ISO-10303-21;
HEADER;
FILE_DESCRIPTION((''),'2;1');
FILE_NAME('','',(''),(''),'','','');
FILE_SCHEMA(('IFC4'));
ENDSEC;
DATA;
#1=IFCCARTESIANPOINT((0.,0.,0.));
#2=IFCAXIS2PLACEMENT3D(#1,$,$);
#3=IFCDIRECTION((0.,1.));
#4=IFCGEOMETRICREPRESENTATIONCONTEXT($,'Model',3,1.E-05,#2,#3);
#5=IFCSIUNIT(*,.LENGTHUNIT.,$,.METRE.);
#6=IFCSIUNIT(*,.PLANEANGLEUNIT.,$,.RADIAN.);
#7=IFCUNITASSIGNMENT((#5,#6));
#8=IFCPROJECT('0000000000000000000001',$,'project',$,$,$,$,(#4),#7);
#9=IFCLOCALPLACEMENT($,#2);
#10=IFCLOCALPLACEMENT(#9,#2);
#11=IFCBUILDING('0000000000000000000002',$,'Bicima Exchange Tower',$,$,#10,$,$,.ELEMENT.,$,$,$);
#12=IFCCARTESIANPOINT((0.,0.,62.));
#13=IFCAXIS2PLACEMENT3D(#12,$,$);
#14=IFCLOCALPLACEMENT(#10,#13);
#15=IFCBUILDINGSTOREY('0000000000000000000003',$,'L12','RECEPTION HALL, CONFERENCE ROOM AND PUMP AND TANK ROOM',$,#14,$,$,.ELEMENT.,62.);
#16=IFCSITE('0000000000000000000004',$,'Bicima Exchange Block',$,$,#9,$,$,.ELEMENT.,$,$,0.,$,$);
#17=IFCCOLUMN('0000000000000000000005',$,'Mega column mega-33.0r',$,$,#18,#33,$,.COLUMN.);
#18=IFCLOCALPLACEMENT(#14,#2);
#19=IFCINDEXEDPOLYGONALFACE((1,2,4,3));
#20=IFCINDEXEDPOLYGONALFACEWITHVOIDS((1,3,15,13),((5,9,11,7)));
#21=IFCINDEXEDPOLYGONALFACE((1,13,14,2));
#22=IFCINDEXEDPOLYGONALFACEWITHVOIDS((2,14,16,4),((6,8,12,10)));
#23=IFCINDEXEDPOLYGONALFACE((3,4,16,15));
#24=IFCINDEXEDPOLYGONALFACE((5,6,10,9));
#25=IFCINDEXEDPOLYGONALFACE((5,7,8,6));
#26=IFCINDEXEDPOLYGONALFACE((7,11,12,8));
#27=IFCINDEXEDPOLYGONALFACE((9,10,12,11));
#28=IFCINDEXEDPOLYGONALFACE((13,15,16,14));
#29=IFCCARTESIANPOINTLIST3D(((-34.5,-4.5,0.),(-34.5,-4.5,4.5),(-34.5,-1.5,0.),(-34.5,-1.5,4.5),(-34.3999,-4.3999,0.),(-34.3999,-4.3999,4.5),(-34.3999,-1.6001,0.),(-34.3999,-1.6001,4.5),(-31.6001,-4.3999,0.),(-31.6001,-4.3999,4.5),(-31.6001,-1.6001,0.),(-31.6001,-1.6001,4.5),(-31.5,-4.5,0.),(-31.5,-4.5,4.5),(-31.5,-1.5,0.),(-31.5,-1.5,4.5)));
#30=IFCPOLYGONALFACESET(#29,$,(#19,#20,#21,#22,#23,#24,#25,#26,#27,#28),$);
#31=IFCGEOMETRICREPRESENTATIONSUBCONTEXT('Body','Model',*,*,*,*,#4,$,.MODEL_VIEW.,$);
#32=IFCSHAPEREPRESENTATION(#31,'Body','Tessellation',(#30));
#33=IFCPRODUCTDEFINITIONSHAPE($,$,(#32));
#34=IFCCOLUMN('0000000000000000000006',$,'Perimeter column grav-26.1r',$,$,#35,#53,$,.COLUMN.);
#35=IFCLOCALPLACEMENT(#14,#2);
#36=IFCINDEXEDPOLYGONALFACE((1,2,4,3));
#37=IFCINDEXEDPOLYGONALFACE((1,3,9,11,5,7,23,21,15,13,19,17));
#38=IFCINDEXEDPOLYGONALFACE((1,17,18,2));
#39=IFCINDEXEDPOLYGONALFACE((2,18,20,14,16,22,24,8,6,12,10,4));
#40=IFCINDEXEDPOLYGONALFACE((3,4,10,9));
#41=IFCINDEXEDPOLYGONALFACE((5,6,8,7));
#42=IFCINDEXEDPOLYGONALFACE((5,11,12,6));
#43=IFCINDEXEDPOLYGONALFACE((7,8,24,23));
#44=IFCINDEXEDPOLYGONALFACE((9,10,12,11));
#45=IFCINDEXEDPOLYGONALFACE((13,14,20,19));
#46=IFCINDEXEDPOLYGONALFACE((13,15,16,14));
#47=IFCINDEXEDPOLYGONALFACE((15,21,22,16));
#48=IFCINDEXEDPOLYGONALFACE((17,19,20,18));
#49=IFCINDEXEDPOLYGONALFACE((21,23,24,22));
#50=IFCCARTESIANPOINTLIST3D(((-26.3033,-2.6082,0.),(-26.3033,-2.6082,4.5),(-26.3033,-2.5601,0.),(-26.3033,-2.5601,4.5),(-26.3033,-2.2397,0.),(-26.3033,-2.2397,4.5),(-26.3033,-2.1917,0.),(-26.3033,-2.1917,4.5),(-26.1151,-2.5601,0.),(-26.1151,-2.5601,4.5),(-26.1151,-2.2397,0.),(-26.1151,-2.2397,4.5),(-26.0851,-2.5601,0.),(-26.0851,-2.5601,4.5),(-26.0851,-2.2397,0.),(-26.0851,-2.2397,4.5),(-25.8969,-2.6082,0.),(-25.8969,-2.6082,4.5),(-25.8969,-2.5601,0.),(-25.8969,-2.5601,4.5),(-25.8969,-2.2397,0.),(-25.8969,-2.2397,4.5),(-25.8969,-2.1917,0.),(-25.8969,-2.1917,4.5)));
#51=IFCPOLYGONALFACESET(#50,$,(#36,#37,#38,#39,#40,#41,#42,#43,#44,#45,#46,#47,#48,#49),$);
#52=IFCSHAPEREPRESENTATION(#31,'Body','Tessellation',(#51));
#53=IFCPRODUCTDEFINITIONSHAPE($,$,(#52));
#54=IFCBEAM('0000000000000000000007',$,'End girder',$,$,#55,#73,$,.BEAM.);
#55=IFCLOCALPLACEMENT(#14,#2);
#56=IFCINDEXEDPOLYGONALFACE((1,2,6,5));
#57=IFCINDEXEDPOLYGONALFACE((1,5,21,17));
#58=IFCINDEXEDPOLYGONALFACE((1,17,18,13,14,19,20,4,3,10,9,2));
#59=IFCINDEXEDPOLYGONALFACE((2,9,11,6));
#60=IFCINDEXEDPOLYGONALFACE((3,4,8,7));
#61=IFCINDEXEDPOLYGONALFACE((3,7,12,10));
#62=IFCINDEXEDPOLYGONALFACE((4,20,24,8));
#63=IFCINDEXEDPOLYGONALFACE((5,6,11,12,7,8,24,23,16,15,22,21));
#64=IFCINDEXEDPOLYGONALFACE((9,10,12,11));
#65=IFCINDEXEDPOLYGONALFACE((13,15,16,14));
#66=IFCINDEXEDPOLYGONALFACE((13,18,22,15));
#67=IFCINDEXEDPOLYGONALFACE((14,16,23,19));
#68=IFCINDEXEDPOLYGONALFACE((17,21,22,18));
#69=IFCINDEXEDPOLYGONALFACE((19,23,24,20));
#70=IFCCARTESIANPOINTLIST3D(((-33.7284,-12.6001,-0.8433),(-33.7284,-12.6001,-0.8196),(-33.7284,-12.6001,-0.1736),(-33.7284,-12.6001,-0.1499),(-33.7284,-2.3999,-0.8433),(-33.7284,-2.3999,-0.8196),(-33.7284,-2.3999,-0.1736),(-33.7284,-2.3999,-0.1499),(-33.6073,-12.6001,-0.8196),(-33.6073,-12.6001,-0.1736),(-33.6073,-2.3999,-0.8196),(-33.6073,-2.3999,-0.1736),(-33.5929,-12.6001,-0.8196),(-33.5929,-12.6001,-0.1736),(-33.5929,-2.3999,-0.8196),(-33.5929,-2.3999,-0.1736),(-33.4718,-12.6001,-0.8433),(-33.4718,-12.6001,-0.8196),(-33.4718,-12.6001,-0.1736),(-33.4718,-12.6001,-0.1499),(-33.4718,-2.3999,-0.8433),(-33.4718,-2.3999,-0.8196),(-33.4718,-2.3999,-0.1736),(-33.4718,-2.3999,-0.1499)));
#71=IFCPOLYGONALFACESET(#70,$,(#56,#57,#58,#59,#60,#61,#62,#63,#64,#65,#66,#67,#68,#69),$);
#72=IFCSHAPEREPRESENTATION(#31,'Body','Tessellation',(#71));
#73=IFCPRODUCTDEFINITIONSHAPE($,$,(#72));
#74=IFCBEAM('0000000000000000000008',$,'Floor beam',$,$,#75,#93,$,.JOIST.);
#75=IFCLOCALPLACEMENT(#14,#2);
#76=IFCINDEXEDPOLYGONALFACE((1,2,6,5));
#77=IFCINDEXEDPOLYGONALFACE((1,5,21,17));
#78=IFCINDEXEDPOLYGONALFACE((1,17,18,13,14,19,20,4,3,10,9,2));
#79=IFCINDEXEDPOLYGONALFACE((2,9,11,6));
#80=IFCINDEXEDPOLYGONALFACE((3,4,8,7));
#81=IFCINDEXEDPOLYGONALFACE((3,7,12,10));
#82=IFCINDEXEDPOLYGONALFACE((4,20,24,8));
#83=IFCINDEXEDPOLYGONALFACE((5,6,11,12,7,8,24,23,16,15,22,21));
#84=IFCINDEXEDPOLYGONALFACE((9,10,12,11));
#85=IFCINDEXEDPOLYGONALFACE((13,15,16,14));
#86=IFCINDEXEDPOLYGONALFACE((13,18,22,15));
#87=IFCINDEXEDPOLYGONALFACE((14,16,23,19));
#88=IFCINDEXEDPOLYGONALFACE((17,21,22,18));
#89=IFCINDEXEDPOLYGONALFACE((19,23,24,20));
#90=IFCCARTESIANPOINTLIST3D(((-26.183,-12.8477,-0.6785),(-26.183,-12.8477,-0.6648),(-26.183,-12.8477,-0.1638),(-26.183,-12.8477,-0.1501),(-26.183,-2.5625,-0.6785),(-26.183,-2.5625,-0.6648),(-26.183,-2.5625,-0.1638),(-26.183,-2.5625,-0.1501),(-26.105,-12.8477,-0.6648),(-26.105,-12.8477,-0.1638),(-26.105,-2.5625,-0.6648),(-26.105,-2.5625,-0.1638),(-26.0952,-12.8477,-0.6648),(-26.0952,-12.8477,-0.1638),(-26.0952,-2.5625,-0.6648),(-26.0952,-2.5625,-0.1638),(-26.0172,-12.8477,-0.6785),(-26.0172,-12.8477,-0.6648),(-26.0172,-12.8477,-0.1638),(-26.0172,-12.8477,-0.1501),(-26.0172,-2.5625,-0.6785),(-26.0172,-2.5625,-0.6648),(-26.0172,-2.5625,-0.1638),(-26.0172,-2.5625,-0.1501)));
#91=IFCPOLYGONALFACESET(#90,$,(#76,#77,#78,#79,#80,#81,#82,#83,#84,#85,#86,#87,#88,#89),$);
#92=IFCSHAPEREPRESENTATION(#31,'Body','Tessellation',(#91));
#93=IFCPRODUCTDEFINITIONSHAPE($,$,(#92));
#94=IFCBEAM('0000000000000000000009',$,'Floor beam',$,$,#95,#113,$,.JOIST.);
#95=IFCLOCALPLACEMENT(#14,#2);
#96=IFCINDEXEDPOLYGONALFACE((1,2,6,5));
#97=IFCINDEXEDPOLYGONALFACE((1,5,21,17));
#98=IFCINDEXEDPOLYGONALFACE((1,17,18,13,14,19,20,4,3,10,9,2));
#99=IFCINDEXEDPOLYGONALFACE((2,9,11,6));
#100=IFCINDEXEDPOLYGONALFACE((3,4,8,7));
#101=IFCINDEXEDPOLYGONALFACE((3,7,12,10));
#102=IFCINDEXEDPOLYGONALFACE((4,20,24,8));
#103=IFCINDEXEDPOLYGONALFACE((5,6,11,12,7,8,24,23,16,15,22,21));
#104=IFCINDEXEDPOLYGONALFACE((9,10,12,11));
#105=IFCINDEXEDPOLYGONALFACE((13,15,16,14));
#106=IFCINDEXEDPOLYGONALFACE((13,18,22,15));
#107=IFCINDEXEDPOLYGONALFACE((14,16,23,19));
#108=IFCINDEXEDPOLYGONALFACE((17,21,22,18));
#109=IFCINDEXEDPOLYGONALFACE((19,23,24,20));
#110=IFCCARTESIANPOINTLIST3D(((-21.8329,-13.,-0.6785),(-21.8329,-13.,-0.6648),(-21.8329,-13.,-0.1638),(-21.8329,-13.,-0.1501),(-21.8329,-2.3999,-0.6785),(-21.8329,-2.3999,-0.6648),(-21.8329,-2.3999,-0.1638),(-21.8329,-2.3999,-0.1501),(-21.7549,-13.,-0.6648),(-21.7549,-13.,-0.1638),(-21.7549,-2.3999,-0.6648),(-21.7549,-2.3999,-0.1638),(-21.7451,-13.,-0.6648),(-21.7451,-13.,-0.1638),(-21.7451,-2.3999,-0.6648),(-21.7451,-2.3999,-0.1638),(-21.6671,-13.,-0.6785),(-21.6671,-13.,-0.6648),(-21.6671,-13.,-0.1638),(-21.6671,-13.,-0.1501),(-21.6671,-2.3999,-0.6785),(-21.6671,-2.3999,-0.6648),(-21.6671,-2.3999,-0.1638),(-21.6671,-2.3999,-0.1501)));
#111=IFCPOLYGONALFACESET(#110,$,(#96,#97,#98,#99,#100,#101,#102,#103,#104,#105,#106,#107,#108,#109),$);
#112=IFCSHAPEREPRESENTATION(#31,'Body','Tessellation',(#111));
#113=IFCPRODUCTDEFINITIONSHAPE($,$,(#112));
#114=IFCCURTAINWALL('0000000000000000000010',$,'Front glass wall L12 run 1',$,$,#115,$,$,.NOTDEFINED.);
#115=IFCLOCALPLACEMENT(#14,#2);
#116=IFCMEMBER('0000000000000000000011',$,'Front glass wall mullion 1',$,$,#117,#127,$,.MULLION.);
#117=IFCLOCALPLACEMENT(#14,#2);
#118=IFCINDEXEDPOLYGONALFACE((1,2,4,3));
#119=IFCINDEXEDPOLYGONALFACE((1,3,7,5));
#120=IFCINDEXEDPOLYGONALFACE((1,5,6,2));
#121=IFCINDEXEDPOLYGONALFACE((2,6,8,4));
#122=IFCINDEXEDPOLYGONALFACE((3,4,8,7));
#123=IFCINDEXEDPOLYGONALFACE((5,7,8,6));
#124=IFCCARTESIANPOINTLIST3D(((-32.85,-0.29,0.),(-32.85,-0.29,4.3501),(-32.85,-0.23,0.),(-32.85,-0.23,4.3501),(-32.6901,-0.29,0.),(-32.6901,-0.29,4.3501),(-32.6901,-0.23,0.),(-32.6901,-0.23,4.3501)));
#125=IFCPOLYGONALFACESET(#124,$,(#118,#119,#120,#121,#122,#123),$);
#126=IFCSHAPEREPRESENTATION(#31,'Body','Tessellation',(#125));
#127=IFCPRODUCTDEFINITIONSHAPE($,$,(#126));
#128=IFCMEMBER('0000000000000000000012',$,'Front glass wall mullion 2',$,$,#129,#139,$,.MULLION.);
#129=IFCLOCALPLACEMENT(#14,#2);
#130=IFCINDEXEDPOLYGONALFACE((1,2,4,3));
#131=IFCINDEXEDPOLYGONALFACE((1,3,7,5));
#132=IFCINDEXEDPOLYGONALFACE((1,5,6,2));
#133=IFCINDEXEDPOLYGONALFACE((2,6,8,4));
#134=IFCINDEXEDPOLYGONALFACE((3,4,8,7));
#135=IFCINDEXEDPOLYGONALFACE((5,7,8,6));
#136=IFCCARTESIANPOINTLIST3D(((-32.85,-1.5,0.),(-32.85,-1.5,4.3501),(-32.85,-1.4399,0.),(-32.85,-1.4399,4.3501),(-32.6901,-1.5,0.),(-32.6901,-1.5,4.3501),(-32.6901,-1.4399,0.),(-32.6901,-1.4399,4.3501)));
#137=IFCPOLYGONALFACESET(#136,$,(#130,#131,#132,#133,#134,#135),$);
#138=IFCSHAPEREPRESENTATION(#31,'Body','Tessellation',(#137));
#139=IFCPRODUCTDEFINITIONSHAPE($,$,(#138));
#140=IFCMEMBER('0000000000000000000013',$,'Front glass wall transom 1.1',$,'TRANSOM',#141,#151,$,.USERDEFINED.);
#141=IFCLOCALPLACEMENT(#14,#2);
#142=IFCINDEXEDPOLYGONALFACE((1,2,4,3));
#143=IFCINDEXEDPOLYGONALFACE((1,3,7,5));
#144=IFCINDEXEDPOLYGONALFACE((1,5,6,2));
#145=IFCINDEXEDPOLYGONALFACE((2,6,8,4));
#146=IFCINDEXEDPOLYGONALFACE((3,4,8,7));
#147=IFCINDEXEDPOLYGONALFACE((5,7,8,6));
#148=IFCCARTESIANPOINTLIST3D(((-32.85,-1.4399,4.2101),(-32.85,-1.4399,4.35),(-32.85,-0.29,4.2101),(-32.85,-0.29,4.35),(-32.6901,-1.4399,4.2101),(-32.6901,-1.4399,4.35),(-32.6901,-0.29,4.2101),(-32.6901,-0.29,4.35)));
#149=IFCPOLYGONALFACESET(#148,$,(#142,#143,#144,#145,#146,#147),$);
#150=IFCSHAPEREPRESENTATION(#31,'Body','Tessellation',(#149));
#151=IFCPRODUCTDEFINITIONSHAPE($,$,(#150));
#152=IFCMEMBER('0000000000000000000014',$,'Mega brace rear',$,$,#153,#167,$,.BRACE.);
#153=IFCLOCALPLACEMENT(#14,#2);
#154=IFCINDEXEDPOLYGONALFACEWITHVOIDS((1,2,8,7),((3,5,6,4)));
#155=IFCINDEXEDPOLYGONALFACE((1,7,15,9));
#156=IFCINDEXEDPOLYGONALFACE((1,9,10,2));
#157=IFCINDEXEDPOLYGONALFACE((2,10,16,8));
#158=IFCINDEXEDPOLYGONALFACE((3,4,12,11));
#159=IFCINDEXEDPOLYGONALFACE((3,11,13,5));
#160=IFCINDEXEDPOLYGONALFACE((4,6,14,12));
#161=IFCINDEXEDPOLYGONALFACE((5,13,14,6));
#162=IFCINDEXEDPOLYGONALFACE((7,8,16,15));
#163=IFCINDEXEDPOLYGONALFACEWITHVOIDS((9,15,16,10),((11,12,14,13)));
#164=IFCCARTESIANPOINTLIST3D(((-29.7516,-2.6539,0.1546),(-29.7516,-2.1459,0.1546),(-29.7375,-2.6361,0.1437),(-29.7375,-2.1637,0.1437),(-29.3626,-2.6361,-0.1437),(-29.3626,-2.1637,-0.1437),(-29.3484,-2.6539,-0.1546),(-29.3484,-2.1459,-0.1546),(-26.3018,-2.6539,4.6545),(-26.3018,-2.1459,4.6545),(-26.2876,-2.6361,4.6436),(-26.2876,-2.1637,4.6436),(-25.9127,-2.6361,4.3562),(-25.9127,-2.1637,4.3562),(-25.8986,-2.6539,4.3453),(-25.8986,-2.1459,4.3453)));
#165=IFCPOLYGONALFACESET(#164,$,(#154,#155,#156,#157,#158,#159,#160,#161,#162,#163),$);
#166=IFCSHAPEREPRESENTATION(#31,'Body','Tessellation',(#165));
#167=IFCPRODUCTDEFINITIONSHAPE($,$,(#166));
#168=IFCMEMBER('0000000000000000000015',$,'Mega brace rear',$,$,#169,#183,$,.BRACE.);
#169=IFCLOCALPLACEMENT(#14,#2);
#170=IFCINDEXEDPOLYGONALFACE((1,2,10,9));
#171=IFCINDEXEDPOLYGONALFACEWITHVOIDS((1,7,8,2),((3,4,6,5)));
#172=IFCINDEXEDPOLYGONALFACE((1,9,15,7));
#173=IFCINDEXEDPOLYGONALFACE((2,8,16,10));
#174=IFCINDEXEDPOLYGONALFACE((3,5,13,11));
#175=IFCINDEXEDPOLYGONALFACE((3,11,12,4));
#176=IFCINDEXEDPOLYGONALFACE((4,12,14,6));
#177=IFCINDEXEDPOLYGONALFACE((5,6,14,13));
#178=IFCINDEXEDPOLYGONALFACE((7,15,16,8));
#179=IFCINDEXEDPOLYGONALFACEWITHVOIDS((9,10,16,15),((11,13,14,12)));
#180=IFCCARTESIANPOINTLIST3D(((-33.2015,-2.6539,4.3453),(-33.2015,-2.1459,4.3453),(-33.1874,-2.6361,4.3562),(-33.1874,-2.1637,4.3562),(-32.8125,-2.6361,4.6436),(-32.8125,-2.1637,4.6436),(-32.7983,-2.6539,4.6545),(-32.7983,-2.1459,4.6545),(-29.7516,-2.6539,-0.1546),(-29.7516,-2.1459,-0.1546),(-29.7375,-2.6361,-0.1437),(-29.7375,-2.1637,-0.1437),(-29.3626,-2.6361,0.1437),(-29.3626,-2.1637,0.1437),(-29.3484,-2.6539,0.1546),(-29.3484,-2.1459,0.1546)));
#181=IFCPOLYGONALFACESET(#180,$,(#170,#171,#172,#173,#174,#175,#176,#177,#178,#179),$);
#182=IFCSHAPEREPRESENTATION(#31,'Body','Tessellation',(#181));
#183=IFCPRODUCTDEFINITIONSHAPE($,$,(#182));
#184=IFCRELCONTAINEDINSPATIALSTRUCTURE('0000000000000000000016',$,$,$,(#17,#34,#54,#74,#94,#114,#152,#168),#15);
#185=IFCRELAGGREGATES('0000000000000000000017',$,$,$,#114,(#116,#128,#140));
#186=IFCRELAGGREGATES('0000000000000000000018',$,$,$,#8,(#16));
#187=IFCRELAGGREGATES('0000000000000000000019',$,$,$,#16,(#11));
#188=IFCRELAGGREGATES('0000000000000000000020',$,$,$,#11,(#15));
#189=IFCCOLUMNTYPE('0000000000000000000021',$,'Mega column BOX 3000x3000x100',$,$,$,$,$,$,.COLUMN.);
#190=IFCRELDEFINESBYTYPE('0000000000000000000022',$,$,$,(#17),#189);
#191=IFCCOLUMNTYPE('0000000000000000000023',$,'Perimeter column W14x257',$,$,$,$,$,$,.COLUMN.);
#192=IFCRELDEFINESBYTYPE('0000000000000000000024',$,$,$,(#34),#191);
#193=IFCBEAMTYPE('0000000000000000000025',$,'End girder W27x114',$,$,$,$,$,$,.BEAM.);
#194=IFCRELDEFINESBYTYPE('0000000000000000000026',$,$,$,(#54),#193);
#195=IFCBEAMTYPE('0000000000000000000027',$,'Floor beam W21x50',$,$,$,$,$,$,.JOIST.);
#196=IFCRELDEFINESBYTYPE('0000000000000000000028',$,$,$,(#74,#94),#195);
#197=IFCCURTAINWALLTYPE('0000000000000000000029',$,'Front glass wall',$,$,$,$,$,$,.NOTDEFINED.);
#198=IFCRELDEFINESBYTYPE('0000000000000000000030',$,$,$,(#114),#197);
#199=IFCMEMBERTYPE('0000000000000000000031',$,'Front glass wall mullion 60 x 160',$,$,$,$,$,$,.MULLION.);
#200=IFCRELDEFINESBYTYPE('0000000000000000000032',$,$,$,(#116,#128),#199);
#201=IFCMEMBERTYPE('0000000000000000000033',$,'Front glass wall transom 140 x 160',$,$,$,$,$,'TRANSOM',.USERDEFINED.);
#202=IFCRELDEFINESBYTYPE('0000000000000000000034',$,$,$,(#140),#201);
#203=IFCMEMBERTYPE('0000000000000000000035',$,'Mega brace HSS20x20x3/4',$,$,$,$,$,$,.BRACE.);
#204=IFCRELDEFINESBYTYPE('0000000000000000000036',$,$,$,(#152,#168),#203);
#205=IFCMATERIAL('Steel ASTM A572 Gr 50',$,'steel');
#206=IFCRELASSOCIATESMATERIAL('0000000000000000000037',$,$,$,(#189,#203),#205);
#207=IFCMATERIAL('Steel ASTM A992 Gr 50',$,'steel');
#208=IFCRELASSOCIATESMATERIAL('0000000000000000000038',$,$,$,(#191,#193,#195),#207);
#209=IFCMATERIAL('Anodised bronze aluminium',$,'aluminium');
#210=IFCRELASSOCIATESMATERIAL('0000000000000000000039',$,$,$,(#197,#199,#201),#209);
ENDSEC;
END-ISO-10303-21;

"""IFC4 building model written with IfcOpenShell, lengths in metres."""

from ifc_helpers import new_model, si_unit, direction, frame, origin, origin_2d, place, context, subcontext, project, spatial, rectangle, hollow_rectangle, i_section, extrude, material, material_profile, profile_set, type_object, element, aggregate, save


model = new_model("IFC4")

# Units and contexts
model_context = context("Model", 3, precision=1e-05, world=origin(), true_north=direction((0.0, 1.0)))
body_context = subcontext(model_context, "Body", "Model", "MODEL_VIEW")
ifc_project = project(units=[si_unit("LENGTHUNIT", "METRE"), si_unit("PLANEANGLEUNIT", "RADIAN")], contexts=[model_context])

# Site, building, storey
site_placement = place(None, origin())
site = spatial("IfcSite", under=ifc_project, at=site_placement, Name="Bicima Exchange Block", CompositionType="ELEMENT", RefElevation=0.0)
building_placement = place(site_placement, origin())
building = spatial("IfcBuilding", under=site, at=building_placement, Name="Bicima Exchange Tower", CompositionType="ELEMENT")
storey_placement = place(building_placement, frame((0.0, 0.0, 62.0)))
storey = spatial("IfcBuildingStorey", under=building, at=storey_placement, Name="L12", Description="RECEPTION HALL, CONFERENCE ROOM AND PUMP AND TANK ROOM", CompositionType="ELEMENT", Elevation=62.0)

# Columns
ifc_material_1 = material(Name="Steel ASTM A572 Gr 50", Category="steel")
ifc_material_profile_1 = material_profile(ifc_material_1, hollow_rectangle(XDim=3.0, YDim=3.0, WallThickness=0.1001, at=origin_2d()))
ifc_profile_set_1 = profile_set([ifc_material_profile_1], Name="Steel ASTM A572 Gr 50")
column_type_1 = type_object("IfcColumnType", Name="Mega column BOX 3000x3000x100", PredefinedType="COLUMN", material=ifc_profile_set_1)
column_1_placement = place(storey_placement, frame((-33.0, -3.0, 0.0), z_axis=(0.0, 0.0, 1.0), x_axis=(1.0, 0.0, 0.0)))
element("IfcColumn", 1, at=column_1_placement, inside=storey, type_object=column_type_1, Name="Mega column mega-33.0r", PredefinedType="COLUMN", context=body_context, shape_type="SweptSolid", body=[
    extrude(hollow_rectangle(XDim=3.0, YDim=3.0, WallThickness=0.1001, at=origin_2d()), origin(), (0.0, 0.0, 1.0), 4.5),
])
ifc_material_2 = material(Name="Steel ASTM A992 Gr 50", Category="steel")
ifc_material_profile_2 = material_profile(ifc_material_2, i_section(OverallWidth=0.4065, OverallDepth=0.4165, WebThickness=0.03, FlangeThickness=0.0481, at=origin_2d()))
ifc_profile_set_2 = profile_set([ifc_material_profile_2], Name="Steel ASTM A992 Gr 50")
column_type_2 = type_object("IfcColumnType", Name="Perimeter column W14x257", PredefinedType="COLUMN", material=ifc_profile_set_2)
column_2_placement = place(storey_placement, frame((-26.1001, -2.3999, 0.0), z_axis=(0.0, 0.0, 1.0), x_axis=(1.0, 0.0, 0.0)))
element("IfcColumn", 2, at=column_2_placement, inside=storey, type_object=column_type_2, Name="Perimeter column grav-26.1r", PredefinedType="COLUMN", context=body_context, shape_type="SweptSolid", body=[
    extrude(i_section(OverallWidth=0.4065, OverallDepth=0.4165, WebThickness=0.03, FlangeThickness=0.0481, at=origin_2d()), origin(), (0.0, 0.0, 1.0), 4.5),
])

# Beams
ifc_material_profile_3 = material_profile(ifc_material_2, i_section(OverallWidth=0.2566, OverallDepth=0.6934, WebThickness=0.0144, FlangeThickness=0.0237, at=origin_2d()))
ifc_profile_set_3 = profile_set([ifc_material_profile_3], Name="Steel ASTM A992 Gr 50")
beam_type_1 = type_object("IfcBeamType", Name="End girder W27x114", PredefinedType="BEAM", material=ifc_profile_set_3)
beam_1_placement = place(storey_placement, frame((-33.6001, -2.3999, -0.4966), z_axis=(0.0, -1.0, 0.0), x_axis=(1.0, 0.0, 0.0)))
element("IfcBeam", 3, at=beam_1_placement, inside=storey, type_object=beam_type_1, Name="End girder", PredefinedType="BEAM", context=body_context, shape_type="SweptSolid", body=[
    extrude(i_section(OverallWidth=0.2566, OverallDepth=0.6934, WebThickness=0.0144, FlangeThickness=0.0237, at=origin_2d()), origin(), (0.0, 0.0, 1.0), 10.2002),
])
ifc_material_profile_4 = material_profile(ifc_material_2, i_section(OverallWidth=0.1658, OverallDepth=0.5283, WebThickness=0.0098, FlangeThickness=0.0137, at=origin_2d()))
ifc_profile_set_4 = profile_set([ifc_material_profile_4], Name="Steel ASTM A992 Gr 50")
beam_type_2 = type_object("IfcBeamType", Name="Floor beam W21x50", PredefinedType="JOIST", material=ifc_profile_set_4)
beam_2_placement = place(storey_placement, frame((-26.1001, -2.5625, -0.4143), z_axis=(0.0, -1.0, 0.0), x_axis=(1.0, 0.0, 0.0)))
element("IfcBeam", 4, at=beam_2_placement, inside=storey, type_object=beam_type_2, Name="Floor beam", PredefinedType="JOIST", context=body_context, shape_type="SweptSolid", body=[
    extrude(i_section(OverallWidth=0.1658, OverallDepth=0.5283, WebThickness=0.0098, FlangeThickness=0.0137, at=origin_2d()), origin(), (0.0, 0.0, 1.0), 10.2852),
])
beam_3_placement = place(storey_placement, frame((-21.75, -2.3999, -0.4143), z_axis=(0.0, -1.0, 0.0), x_axis=(1.0, 0.0, 0.0)))
element("IfcBeam", 5, at=beam_3_placement, inside=storey, type_object=beam_type_2, Name="Floor beam", PredefinedType="JOIST", context=body_context, shape_type="SweptSolid", body=[
    extrude(i_section(OverallWidth=0.1658, OverallDepth=0.5283, WebThickness=0.0098, FlangeThickness=0.0137, at=origin_2d()), origin(), (0.0, 0.0, 1.0), 10.6001),
])

# Curtain wall, members
ifc_material_3 = material(Name="Anodised bronze aluminium", Category="aluminium")
curtain_wall_type = type_object("IfcCurtainWallType", Name="Front glass wall", PredefinedType="NOTDEFINED", material=ifc_material_3)
curtain_wall_placement = place(storey_placement, origin())
curtain_wall = element("IfcCurtainWall", 6, at=curtain_wall_placement, inside=storey, type_object=curtain_wall_type, Name="Front glass wall L12 run 1", PredefinedType="NOTDEFINED")
ifc_material_profile_5 = material_profile(ifc_material_3, rectangle(XDim=0.1599, YDim=0.0601, at=origin_2d()))
ifc_profile_set_5 = profile_set([ifc_material_profile_5], Name="Anodised bronze aluminium")
member_type_1 = type_object("IfcMemberType", Name="Front glass wall mullion 60 x 160", PredefinedType="MULLION", material=ifc_profile_set_5)
member_1_placement = place(storey_placement, frame((-32.77, -0.26, 0.0), z_axis=(0.0, 0.0, 1.0), x_axis=(1.0, 0.0, 0.0)))
member_1 = element("IfcMember", 7, at=member_1_placement, type_object=member_type_1, Name="Front glass wall mullion 1", PredefinedType="MULLION", context=body_context, shape_type="SweptSolid", body=[
    extrude(rectangle(XDim=0.1599, YDim=0.0601, at=origin_2d()), origin(), (0.0, 0.0, 1.0), 4.3501),
])
member_2_placement = place(storey_placement, frame((-32.77, -1.47, 0.0), z_axis=(0.0, 0.0, 1.0), x_axis=(1.0, 0.0, 0.0)))
member_2 = element("IfcMember", 8, at=member_2_placement, type_object=member_type_1, Name="Front glass wall mullion 2", PredefinedType="MULLION", context=body_context, shape_type="SweptSolid", body=[
    extrude(rectangle(XDim=0.1599, YDim=0.0601, at=origin_2d()), origin(), (0.0, 0.0, 1.0), 4.3501),
])
ifc_material_profile_6 = material_profile(ifc_material_3, rectangle(XDim=0.1599, YDim=0.1399, at=origin_2d()))
ifc_profile_set_6 = profile_set([ifc_material_profile_6], Name="Anodised bronze aluminium")
member_type_2 = type_object("IfcMemberType", Name="Front glass wall transom 140 x 160", ElementType="TRANSOM", PredefinedType="USERDEFINED", material=ifc_profile_set_6)
member_3_placement = place(storey_placement, frame((-32.77, -0.29, 4.28), z_axis=(0.0, -1.0, 0.0), x_axis=(1.0, 0.0, 0.0)))
member_3 = element("IfcMember", 9, at=member_3_placement, type_object=member_type_2, Name="Front glass wall transom 1.1", ObjectType="TRANSOM", PredefinedType="USERDEFINED", context=body_context, shape_type="SweptSolid", body=[
    extrude(rectangle(XDim=0.1599, YDim=0.1399, at=origin_2d()), origin(), (0.0, 0.0, 1.0), 1.1499),
])

# Members
ifc_material_profile_7 = material_profile(ifc_material_1, hollow_rectangle(XDim=0.5081, YDim=0.5081, WallThickness=0.0178, at=origin_2d()))
ifc_profile_set_7 = profile_set([ifc_material_profile_7], Name="Steel ASTM A572 Gr 50")
member_type_3 = type_object("IfcMemberType", Name="Mega brace HSS20x20x3/4", PredefinedType="BRACE", material=ifc_profile_set_7)
for number, where, z_axis, x_axis, name in (
    (10, (-29.55, -2.3999, 0.0), (0.608426, 0.0, 0.793611), (0.0, 1.0, 0.0), "Mega brace rear"),
    (11, (-29.55, -2.3999, 0.0), (-0.608426, 0.0, 0.793611), (0.0, -1.0, 0.0), "Mega brace rear"),
):
    element("IfcMember", number, at=place(storey_placement, frame(where, z_axis=z_axis, x_axis=x_axis)), inside=storey, type_object=member_type_3, Name=name, PredefinedType="BRACE", context=body_context, shape_type="SweptSolid", body=[
        extrude(hollow_rectangle(XDim=0.5081, YDim=0.5081, WallThickness=0.0178, at=origin_2d()), origin(), (0.0, 0.0, 1.0), 5.6702),
    ])

aggregate(curtain_wall, [member_1, member_2, member_3])

save(model, "model.ifc")
